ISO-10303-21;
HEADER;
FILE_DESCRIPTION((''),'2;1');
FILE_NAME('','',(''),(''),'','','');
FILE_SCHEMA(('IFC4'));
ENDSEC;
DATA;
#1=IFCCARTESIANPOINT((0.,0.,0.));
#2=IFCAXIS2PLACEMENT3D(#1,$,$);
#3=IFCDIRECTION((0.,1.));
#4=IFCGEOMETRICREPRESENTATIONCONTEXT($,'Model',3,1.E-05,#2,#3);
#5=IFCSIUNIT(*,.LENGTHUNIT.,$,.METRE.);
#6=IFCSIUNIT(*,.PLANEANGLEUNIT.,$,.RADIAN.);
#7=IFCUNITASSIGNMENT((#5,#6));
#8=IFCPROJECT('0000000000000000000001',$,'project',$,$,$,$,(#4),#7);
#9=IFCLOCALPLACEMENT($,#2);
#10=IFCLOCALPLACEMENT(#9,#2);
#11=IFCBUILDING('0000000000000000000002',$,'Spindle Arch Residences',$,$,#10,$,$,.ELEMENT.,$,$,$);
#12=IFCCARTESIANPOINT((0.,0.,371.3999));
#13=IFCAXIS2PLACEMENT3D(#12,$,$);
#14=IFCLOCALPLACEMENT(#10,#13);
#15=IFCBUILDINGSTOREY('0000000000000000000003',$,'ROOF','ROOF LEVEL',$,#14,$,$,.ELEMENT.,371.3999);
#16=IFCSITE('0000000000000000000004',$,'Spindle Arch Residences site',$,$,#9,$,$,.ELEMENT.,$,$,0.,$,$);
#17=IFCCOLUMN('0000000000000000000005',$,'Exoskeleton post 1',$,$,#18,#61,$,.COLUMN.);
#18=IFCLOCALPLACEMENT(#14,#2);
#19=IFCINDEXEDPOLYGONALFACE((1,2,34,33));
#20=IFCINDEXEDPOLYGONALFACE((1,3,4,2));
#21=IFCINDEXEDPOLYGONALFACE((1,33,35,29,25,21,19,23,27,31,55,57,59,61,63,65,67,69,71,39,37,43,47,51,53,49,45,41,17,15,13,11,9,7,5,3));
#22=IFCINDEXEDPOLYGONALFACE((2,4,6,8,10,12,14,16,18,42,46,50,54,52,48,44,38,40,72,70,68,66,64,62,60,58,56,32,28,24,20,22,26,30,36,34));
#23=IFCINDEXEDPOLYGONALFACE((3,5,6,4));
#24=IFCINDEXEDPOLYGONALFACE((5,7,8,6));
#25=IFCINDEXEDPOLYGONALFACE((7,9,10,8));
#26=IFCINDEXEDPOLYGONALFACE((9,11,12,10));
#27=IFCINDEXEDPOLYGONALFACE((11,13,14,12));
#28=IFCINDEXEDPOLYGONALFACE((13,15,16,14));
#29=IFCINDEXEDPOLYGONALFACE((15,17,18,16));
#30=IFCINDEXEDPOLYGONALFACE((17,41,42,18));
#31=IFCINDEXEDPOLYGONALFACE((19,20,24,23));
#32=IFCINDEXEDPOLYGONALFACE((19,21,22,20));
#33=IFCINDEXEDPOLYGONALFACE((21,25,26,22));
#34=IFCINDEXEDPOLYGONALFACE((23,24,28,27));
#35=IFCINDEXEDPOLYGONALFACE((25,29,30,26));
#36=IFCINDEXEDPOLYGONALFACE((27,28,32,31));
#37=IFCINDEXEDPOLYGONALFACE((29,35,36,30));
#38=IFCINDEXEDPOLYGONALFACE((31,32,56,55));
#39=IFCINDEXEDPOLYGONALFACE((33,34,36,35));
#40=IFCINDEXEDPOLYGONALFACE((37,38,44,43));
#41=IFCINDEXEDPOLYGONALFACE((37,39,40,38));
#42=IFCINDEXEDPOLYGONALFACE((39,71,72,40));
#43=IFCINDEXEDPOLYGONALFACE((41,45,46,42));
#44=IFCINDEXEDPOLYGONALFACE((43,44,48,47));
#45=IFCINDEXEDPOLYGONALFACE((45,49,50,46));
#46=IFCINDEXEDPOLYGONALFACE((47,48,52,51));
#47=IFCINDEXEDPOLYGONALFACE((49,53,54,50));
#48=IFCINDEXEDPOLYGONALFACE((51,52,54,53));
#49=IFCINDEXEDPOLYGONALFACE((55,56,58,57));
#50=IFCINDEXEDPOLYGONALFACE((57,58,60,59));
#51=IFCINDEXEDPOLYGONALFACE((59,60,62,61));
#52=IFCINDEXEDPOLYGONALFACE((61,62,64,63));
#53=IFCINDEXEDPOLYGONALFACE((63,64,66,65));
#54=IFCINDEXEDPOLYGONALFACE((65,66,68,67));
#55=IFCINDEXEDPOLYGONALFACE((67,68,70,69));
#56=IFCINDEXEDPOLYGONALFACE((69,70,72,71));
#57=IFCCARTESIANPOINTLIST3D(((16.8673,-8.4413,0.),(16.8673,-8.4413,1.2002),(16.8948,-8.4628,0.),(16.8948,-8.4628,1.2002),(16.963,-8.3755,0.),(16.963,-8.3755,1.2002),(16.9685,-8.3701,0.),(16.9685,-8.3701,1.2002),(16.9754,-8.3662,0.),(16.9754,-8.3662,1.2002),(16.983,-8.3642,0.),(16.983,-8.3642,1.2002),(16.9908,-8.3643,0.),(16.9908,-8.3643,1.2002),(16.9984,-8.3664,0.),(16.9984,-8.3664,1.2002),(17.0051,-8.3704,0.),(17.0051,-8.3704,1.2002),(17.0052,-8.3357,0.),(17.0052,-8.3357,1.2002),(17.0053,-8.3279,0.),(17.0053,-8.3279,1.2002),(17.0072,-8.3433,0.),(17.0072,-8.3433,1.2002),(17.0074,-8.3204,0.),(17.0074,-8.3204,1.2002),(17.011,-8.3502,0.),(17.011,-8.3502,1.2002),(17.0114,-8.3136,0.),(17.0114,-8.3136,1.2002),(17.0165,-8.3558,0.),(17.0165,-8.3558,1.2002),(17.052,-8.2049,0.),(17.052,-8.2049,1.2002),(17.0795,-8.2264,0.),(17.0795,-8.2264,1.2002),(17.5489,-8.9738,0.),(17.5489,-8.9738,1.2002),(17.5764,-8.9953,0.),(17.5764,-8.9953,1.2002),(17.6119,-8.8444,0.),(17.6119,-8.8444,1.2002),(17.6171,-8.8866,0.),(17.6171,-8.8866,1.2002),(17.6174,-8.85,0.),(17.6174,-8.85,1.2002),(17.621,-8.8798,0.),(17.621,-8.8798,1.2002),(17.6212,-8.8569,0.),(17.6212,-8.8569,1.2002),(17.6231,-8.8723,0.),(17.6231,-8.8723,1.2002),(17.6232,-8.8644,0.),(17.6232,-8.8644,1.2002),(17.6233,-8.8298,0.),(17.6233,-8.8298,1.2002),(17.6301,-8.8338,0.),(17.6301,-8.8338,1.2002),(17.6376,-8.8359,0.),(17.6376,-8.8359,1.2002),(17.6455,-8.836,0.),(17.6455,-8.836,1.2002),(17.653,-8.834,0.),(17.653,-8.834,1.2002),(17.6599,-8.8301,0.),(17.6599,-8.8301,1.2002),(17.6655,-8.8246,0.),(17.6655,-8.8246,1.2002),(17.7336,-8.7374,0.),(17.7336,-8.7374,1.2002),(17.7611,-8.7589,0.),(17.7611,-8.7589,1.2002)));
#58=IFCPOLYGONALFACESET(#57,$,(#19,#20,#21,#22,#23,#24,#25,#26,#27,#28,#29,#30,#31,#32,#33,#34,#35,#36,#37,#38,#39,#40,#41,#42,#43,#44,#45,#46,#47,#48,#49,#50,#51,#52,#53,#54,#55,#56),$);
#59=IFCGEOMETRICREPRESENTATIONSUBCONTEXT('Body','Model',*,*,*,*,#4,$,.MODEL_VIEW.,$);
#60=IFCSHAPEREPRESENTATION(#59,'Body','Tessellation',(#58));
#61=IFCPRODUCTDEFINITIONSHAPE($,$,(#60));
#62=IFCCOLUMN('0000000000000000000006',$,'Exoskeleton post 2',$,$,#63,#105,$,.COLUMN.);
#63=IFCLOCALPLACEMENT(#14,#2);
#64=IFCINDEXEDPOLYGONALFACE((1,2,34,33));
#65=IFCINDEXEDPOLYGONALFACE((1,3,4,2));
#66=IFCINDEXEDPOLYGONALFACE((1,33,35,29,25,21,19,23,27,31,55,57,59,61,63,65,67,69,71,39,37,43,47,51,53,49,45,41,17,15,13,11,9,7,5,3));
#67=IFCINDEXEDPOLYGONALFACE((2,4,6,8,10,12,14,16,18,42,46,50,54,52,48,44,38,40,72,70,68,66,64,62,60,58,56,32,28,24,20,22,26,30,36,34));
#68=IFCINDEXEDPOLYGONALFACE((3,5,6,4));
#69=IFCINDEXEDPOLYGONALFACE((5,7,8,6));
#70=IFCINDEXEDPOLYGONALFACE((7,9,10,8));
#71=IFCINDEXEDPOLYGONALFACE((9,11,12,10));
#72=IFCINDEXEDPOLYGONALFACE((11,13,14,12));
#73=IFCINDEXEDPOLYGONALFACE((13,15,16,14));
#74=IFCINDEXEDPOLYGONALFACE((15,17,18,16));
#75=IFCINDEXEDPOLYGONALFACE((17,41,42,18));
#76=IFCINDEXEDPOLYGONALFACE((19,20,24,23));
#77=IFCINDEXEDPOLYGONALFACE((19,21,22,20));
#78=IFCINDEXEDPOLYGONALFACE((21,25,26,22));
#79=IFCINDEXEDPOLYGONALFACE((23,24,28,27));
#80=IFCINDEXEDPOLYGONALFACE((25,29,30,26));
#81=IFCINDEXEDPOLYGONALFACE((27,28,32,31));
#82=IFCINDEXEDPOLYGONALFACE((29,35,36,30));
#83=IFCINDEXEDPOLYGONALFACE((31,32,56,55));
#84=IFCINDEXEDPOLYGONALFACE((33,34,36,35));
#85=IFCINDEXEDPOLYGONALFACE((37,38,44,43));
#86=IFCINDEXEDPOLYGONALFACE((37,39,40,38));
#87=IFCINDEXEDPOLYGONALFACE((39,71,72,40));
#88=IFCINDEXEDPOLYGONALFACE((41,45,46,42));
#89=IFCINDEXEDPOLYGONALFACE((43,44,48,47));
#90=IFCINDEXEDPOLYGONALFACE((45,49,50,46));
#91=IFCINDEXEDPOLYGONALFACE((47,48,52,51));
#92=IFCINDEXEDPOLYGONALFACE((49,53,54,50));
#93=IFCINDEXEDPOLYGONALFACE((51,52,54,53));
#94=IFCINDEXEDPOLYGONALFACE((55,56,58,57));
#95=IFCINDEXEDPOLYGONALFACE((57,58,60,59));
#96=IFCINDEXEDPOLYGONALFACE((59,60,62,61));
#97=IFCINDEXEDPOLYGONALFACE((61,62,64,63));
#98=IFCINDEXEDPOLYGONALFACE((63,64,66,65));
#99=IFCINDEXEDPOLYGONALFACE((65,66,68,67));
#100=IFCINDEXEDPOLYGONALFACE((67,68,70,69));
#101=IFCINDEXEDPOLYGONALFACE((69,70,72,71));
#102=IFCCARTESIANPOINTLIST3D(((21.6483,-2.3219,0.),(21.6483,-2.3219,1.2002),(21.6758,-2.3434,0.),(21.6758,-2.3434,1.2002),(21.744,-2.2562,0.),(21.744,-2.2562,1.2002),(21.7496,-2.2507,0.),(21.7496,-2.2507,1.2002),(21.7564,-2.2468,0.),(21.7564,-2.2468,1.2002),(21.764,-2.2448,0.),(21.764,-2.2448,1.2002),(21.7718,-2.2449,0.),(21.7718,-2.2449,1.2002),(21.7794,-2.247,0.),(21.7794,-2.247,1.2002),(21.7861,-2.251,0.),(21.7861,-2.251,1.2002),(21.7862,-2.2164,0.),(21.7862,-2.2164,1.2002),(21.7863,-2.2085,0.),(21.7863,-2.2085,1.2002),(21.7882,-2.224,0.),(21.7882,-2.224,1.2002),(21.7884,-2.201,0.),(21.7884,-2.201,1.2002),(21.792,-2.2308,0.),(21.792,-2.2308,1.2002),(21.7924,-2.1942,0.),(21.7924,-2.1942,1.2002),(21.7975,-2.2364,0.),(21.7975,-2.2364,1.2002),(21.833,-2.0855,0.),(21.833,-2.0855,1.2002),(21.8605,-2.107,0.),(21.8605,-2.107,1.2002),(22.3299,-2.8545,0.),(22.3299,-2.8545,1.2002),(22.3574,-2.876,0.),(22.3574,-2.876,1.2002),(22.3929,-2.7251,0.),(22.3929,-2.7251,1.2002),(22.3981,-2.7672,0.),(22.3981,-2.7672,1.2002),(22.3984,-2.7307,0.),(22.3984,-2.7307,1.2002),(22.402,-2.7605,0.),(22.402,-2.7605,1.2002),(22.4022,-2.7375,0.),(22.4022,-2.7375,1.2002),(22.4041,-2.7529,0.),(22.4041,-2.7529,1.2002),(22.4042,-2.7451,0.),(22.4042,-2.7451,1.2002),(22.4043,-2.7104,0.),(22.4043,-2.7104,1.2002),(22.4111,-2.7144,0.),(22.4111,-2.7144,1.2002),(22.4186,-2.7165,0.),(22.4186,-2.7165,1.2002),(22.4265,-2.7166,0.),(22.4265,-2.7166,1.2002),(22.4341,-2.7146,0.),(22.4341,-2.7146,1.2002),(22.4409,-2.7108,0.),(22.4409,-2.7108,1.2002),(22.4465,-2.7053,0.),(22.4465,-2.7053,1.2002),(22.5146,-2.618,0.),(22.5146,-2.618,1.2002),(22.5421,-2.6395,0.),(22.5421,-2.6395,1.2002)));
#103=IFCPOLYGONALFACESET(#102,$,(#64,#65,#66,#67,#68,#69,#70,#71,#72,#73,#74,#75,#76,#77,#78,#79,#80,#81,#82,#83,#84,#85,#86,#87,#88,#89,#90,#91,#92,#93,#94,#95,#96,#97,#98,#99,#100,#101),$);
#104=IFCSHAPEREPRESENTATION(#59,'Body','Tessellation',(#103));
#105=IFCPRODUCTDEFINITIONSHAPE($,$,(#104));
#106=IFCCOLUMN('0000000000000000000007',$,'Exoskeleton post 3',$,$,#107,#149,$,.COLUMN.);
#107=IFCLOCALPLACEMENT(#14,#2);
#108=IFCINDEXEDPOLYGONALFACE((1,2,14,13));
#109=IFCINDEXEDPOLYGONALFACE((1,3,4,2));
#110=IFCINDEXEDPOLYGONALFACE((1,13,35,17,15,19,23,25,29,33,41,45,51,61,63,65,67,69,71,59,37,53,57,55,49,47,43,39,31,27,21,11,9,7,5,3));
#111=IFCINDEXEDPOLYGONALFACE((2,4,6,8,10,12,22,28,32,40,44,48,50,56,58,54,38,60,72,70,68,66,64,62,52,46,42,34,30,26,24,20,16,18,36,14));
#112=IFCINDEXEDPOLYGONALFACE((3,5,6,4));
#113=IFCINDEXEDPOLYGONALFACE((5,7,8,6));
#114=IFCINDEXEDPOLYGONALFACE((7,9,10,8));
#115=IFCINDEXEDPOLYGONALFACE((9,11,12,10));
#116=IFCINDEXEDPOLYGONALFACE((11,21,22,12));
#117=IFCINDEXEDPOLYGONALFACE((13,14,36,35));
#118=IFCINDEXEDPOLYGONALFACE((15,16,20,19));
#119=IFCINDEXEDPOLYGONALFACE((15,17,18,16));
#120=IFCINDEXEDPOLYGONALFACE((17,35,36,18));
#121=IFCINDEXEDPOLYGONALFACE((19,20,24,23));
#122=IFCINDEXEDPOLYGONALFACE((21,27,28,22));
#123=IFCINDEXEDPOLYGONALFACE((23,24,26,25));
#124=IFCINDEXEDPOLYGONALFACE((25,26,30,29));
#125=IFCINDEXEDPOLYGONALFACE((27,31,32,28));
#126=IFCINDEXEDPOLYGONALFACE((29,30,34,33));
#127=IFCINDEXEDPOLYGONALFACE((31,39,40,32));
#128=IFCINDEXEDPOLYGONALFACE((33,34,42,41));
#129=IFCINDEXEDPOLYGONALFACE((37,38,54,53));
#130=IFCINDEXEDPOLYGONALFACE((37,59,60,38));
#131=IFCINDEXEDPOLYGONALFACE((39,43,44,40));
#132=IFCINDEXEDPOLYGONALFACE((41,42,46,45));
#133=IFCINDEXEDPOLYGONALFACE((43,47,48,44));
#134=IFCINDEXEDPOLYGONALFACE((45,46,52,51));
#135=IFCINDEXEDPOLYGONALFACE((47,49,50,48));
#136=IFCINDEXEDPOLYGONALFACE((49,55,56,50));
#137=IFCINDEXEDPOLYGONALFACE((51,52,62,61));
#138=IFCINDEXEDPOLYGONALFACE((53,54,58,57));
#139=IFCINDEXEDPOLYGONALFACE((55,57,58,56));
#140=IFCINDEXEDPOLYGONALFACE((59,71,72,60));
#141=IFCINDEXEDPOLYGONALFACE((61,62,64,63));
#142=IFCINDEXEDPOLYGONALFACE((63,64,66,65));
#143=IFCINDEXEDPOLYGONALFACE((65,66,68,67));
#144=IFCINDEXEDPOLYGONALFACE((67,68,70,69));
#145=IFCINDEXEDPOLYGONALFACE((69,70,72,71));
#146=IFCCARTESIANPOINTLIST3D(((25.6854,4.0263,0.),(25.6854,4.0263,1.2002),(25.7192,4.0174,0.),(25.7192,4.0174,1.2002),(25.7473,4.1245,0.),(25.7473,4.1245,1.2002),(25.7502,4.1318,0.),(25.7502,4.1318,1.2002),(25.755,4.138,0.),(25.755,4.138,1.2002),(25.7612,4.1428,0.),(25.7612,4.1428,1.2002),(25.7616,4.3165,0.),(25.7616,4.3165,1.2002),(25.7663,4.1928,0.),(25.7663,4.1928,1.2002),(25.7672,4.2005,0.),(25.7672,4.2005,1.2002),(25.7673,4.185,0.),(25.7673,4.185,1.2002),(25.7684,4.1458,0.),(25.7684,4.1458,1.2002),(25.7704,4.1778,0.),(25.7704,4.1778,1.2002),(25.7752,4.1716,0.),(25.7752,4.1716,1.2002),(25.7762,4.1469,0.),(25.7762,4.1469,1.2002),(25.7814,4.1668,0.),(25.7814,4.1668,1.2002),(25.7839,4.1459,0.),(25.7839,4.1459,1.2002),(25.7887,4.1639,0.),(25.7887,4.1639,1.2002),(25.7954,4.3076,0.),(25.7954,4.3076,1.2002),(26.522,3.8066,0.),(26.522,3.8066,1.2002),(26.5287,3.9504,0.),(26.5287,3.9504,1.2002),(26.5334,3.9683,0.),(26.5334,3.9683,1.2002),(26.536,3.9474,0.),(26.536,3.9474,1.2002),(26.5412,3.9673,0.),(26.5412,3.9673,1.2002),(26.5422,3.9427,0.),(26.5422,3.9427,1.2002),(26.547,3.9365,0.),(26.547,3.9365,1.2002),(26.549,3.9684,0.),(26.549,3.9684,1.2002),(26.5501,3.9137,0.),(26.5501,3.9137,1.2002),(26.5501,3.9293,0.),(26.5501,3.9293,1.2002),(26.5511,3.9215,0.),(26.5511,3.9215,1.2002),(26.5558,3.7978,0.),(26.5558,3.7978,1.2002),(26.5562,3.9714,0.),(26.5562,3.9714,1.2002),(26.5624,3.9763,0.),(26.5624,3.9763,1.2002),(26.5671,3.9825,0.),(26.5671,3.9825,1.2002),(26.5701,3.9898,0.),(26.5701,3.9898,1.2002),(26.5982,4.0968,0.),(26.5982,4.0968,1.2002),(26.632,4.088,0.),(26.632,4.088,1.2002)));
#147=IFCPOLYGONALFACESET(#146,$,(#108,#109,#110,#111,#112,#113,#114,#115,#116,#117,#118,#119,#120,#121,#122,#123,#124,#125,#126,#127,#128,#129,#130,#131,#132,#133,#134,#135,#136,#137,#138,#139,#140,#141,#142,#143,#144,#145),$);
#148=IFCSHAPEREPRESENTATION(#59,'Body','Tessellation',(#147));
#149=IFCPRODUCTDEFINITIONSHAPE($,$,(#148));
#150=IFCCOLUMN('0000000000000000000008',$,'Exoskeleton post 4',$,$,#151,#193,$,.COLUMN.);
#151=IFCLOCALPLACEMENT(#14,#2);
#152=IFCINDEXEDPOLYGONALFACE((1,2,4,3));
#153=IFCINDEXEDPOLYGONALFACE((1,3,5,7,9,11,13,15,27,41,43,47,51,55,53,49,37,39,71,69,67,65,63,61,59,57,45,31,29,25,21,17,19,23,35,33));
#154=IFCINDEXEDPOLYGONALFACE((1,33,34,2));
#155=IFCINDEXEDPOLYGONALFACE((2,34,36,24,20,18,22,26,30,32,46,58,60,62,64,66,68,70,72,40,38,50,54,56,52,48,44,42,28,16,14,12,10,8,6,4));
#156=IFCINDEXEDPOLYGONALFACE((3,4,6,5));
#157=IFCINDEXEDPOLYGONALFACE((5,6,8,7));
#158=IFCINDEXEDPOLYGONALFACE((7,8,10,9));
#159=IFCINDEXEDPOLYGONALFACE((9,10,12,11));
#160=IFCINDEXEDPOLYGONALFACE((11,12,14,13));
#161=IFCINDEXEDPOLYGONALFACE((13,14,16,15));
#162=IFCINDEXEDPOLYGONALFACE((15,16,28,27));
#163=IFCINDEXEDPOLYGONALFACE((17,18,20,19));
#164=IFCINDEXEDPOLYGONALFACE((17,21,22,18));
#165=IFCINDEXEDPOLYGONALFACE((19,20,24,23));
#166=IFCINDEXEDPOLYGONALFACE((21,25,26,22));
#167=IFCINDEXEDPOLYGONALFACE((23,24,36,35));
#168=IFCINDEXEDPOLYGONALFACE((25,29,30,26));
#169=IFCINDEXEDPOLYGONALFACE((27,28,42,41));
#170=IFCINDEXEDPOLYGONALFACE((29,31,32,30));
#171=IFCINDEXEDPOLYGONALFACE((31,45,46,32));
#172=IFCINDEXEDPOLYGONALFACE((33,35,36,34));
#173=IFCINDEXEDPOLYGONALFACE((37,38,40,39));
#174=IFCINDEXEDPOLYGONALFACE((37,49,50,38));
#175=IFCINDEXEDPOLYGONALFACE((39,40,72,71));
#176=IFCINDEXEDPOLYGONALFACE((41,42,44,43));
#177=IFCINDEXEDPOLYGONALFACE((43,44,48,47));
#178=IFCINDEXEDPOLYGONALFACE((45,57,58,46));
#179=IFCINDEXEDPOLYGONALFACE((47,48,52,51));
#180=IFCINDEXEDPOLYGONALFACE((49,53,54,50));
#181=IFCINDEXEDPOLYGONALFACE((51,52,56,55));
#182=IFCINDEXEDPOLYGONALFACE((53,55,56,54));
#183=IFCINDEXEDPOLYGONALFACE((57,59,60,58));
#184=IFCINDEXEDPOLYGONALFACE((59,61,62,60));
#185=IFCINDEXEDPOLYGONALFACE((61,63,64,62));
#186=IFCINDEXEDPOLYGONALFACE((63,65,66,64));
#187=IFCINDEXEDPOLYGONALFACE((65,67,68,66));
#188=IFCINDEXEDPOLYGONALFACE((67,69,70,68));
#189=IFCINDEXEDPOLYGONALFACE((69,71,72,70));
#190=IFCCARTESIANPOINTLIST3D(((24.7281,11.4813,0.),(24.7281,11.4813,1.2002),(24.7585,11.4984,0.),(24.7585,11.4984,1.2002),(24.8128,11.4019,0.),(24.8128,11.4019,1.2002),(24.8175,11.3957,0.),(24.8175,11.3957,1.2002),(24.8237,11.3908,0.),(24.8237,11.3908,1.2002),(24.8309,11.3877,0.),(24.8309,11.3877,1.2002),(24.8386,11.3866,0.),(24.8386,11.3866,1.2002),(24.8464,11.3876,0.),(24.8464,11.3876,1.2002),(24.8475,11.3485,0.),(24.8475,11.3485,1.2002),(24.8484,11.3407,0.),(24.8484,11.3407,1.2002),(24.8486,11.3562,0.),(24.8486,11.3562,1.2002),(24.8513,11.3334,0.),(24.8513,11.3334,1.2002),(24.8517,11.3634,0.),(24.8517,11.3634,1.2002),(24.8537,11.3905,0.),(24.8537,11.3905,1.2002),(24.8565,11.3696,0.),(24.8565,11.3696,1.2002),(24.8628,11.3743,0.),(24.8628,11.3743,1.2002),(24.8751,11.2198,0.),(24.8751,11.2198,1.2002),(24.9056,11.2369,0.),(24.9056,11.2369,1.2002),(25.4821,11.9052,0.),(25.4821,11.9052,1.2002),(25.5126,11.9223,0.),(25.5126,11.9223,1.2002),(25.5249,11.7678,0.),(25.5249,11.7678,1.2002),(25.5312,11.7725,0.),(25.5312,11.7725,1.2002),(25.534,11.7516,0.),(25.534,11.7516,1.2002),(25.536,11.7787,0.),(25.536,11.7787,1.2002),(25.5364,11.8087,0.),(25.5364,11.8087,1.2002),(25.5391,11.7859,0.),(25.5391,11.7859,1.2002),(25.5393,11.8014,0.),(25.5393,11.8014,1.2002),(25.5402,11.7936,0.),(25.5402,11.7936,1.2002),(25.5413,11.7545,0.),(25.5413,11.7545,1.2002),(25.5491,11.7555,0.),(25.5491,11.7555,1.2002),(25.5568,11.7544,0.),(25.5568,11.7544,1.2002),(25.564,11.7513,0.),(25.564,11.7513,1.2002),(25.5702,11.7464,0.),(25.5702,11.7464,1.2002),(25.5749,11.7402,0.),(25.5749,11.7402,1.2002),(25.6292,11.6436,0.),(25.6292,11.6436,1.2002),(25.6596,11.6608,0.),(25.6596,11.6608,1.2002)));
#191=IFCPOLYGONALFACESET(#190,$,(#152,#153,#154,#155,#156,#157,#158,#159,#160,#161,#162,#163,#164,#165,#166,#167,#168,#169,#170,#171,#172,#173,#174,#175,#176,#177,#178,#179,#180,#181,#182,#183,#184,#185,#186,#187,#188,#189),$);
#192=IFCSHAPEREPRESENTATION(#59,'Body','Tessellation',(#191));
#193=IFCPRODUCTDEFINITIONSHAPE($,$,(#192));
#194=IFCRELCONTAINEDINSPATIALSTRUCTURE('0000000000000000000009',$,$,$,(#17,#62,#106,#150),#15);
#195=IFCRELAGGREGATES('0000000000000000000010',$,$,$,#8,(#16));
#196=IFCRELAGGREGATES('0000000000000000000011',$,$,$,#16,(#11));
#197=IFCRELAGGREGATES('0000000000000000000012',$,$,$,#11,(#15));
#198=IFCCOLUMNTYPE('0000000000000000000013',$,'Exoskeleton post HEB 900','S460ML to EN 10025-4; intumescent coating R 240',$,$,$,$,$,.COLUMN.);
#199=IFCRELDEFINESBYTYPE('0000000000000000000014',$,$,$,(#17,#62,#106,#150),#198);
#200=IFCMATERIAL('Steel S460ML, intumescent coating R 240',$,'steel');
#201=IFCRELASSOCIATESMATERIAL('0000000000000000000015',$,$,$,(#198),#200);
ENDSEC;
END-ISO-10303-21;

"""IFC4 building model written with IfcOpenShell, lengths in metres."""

from ifc_helpers import new_model, si_unit, direction, frame, origin, origin_2d, place, context, subcontext, project, spatial, i_section, extrude, material, material_profile, profile_set, type_object, element, save


model = new_model("IFC4")

# Units and contexts
model_context = context("Model", 3, precision=1e-05, world=origin(), true_north=direction((0.0, 1.0)))
body_context = subcontext(model_context, "Body", "Model", "MODEL_VIEW")
ifc_project = project(units=[si_unit("LENGTHUNIT", "METRE"), si_unit("PLANEANGLEUNIT", "RADIAN")], contexts=[model_context])

# Site, building, storey
site_placement = place(None, origin())
site = spatial("IfcSite", under=ifc_project, at=site_placement, Name="Spindle Arch Residences site", CompositionType="ELEMENT", RefElevation=0.0)
building_placement = place(site_placement, origin())
building = spatial("IfcBuilding", under=site, at=building_placement, Name="Spindle Arch Residences", CompositionType="ELEMENT")
storey_placement = place(building_placement, frame((0.0, 0.0, 371.3999)))
storey = spatial("IfcBuildingStorey", under=building, at=storey_placement, Name="ROOF", Description="ROOF LEVEL", CompositionType="ELEMENT", Elevation=371.3999)

# Columns
ifc_material_1 = material(Name="Steel S460ML, intumescent coating R 240", Category="steel")
ifc_material_profile = material_profile(ifc_material_1, i_section(OverallWidth=0.3, OverallDepth=0.8999, WebThickness=0.0186, FlangeThickness=0.0349, FilletRadius=0.03, at=origin_2d()), Name="HEB 900")
ifc_profile_set = profile_set([ifc_material_profile], Name="Steel S460ML, intumescent coating R 240")
column_type = type_object("IfcColumnType", Name="Exoskeleton post HEB 900", Description="S460ML to EN 10025-4; intumescent coating R 240", PredefinedType="COLUMN", material=ifc_profile_set)
for number, where, z_axis, x_axis, name in (
    (1, (17.3142, -8.6001, 0.0), (0.0, 0.0, 1.0), (-0.615661, -0.788011, 0.0), "Exoskeleton post 1"),
    (2, (22.0952, -2.4807, 0.0), (0.0, 0.0, 1.0), (-0.615661, -0.788011, 0.0), "Exoskeleton post 2"),
    (3, (26.1587, 4.0571, 0.0), (0.0, 0.0, 1.0), (-0.253941, -0.96722, 0.0), "Exoskeleton post 3"),
    (4, (25.1938, 11.571, 0.0), (0.0, 0.0, 1.0), (0.490024, -0.871709, 0.0), "Exoskeleton post 4"),
):
    element("IfcColumn", number, at=place(storey_placement, frame(where, z_axis=z_axis, x_axis=x_axis)), inside=storey, type_object=column_type, Name=name, PredefinedType="COLUMN", context=body_context, shape_type="SweptSolid", body=[
        extrude(i_section(OverallWidth=0.3, OverallDepth=0.8999, WebThickness=0.0186, FlangeThickness=0.0349, FilletRadius=0.03, at=origin_2d()), origin(), (0.0, 0.0, 1.0), 1.2002),
    ])

save(model, "model.ifc")
